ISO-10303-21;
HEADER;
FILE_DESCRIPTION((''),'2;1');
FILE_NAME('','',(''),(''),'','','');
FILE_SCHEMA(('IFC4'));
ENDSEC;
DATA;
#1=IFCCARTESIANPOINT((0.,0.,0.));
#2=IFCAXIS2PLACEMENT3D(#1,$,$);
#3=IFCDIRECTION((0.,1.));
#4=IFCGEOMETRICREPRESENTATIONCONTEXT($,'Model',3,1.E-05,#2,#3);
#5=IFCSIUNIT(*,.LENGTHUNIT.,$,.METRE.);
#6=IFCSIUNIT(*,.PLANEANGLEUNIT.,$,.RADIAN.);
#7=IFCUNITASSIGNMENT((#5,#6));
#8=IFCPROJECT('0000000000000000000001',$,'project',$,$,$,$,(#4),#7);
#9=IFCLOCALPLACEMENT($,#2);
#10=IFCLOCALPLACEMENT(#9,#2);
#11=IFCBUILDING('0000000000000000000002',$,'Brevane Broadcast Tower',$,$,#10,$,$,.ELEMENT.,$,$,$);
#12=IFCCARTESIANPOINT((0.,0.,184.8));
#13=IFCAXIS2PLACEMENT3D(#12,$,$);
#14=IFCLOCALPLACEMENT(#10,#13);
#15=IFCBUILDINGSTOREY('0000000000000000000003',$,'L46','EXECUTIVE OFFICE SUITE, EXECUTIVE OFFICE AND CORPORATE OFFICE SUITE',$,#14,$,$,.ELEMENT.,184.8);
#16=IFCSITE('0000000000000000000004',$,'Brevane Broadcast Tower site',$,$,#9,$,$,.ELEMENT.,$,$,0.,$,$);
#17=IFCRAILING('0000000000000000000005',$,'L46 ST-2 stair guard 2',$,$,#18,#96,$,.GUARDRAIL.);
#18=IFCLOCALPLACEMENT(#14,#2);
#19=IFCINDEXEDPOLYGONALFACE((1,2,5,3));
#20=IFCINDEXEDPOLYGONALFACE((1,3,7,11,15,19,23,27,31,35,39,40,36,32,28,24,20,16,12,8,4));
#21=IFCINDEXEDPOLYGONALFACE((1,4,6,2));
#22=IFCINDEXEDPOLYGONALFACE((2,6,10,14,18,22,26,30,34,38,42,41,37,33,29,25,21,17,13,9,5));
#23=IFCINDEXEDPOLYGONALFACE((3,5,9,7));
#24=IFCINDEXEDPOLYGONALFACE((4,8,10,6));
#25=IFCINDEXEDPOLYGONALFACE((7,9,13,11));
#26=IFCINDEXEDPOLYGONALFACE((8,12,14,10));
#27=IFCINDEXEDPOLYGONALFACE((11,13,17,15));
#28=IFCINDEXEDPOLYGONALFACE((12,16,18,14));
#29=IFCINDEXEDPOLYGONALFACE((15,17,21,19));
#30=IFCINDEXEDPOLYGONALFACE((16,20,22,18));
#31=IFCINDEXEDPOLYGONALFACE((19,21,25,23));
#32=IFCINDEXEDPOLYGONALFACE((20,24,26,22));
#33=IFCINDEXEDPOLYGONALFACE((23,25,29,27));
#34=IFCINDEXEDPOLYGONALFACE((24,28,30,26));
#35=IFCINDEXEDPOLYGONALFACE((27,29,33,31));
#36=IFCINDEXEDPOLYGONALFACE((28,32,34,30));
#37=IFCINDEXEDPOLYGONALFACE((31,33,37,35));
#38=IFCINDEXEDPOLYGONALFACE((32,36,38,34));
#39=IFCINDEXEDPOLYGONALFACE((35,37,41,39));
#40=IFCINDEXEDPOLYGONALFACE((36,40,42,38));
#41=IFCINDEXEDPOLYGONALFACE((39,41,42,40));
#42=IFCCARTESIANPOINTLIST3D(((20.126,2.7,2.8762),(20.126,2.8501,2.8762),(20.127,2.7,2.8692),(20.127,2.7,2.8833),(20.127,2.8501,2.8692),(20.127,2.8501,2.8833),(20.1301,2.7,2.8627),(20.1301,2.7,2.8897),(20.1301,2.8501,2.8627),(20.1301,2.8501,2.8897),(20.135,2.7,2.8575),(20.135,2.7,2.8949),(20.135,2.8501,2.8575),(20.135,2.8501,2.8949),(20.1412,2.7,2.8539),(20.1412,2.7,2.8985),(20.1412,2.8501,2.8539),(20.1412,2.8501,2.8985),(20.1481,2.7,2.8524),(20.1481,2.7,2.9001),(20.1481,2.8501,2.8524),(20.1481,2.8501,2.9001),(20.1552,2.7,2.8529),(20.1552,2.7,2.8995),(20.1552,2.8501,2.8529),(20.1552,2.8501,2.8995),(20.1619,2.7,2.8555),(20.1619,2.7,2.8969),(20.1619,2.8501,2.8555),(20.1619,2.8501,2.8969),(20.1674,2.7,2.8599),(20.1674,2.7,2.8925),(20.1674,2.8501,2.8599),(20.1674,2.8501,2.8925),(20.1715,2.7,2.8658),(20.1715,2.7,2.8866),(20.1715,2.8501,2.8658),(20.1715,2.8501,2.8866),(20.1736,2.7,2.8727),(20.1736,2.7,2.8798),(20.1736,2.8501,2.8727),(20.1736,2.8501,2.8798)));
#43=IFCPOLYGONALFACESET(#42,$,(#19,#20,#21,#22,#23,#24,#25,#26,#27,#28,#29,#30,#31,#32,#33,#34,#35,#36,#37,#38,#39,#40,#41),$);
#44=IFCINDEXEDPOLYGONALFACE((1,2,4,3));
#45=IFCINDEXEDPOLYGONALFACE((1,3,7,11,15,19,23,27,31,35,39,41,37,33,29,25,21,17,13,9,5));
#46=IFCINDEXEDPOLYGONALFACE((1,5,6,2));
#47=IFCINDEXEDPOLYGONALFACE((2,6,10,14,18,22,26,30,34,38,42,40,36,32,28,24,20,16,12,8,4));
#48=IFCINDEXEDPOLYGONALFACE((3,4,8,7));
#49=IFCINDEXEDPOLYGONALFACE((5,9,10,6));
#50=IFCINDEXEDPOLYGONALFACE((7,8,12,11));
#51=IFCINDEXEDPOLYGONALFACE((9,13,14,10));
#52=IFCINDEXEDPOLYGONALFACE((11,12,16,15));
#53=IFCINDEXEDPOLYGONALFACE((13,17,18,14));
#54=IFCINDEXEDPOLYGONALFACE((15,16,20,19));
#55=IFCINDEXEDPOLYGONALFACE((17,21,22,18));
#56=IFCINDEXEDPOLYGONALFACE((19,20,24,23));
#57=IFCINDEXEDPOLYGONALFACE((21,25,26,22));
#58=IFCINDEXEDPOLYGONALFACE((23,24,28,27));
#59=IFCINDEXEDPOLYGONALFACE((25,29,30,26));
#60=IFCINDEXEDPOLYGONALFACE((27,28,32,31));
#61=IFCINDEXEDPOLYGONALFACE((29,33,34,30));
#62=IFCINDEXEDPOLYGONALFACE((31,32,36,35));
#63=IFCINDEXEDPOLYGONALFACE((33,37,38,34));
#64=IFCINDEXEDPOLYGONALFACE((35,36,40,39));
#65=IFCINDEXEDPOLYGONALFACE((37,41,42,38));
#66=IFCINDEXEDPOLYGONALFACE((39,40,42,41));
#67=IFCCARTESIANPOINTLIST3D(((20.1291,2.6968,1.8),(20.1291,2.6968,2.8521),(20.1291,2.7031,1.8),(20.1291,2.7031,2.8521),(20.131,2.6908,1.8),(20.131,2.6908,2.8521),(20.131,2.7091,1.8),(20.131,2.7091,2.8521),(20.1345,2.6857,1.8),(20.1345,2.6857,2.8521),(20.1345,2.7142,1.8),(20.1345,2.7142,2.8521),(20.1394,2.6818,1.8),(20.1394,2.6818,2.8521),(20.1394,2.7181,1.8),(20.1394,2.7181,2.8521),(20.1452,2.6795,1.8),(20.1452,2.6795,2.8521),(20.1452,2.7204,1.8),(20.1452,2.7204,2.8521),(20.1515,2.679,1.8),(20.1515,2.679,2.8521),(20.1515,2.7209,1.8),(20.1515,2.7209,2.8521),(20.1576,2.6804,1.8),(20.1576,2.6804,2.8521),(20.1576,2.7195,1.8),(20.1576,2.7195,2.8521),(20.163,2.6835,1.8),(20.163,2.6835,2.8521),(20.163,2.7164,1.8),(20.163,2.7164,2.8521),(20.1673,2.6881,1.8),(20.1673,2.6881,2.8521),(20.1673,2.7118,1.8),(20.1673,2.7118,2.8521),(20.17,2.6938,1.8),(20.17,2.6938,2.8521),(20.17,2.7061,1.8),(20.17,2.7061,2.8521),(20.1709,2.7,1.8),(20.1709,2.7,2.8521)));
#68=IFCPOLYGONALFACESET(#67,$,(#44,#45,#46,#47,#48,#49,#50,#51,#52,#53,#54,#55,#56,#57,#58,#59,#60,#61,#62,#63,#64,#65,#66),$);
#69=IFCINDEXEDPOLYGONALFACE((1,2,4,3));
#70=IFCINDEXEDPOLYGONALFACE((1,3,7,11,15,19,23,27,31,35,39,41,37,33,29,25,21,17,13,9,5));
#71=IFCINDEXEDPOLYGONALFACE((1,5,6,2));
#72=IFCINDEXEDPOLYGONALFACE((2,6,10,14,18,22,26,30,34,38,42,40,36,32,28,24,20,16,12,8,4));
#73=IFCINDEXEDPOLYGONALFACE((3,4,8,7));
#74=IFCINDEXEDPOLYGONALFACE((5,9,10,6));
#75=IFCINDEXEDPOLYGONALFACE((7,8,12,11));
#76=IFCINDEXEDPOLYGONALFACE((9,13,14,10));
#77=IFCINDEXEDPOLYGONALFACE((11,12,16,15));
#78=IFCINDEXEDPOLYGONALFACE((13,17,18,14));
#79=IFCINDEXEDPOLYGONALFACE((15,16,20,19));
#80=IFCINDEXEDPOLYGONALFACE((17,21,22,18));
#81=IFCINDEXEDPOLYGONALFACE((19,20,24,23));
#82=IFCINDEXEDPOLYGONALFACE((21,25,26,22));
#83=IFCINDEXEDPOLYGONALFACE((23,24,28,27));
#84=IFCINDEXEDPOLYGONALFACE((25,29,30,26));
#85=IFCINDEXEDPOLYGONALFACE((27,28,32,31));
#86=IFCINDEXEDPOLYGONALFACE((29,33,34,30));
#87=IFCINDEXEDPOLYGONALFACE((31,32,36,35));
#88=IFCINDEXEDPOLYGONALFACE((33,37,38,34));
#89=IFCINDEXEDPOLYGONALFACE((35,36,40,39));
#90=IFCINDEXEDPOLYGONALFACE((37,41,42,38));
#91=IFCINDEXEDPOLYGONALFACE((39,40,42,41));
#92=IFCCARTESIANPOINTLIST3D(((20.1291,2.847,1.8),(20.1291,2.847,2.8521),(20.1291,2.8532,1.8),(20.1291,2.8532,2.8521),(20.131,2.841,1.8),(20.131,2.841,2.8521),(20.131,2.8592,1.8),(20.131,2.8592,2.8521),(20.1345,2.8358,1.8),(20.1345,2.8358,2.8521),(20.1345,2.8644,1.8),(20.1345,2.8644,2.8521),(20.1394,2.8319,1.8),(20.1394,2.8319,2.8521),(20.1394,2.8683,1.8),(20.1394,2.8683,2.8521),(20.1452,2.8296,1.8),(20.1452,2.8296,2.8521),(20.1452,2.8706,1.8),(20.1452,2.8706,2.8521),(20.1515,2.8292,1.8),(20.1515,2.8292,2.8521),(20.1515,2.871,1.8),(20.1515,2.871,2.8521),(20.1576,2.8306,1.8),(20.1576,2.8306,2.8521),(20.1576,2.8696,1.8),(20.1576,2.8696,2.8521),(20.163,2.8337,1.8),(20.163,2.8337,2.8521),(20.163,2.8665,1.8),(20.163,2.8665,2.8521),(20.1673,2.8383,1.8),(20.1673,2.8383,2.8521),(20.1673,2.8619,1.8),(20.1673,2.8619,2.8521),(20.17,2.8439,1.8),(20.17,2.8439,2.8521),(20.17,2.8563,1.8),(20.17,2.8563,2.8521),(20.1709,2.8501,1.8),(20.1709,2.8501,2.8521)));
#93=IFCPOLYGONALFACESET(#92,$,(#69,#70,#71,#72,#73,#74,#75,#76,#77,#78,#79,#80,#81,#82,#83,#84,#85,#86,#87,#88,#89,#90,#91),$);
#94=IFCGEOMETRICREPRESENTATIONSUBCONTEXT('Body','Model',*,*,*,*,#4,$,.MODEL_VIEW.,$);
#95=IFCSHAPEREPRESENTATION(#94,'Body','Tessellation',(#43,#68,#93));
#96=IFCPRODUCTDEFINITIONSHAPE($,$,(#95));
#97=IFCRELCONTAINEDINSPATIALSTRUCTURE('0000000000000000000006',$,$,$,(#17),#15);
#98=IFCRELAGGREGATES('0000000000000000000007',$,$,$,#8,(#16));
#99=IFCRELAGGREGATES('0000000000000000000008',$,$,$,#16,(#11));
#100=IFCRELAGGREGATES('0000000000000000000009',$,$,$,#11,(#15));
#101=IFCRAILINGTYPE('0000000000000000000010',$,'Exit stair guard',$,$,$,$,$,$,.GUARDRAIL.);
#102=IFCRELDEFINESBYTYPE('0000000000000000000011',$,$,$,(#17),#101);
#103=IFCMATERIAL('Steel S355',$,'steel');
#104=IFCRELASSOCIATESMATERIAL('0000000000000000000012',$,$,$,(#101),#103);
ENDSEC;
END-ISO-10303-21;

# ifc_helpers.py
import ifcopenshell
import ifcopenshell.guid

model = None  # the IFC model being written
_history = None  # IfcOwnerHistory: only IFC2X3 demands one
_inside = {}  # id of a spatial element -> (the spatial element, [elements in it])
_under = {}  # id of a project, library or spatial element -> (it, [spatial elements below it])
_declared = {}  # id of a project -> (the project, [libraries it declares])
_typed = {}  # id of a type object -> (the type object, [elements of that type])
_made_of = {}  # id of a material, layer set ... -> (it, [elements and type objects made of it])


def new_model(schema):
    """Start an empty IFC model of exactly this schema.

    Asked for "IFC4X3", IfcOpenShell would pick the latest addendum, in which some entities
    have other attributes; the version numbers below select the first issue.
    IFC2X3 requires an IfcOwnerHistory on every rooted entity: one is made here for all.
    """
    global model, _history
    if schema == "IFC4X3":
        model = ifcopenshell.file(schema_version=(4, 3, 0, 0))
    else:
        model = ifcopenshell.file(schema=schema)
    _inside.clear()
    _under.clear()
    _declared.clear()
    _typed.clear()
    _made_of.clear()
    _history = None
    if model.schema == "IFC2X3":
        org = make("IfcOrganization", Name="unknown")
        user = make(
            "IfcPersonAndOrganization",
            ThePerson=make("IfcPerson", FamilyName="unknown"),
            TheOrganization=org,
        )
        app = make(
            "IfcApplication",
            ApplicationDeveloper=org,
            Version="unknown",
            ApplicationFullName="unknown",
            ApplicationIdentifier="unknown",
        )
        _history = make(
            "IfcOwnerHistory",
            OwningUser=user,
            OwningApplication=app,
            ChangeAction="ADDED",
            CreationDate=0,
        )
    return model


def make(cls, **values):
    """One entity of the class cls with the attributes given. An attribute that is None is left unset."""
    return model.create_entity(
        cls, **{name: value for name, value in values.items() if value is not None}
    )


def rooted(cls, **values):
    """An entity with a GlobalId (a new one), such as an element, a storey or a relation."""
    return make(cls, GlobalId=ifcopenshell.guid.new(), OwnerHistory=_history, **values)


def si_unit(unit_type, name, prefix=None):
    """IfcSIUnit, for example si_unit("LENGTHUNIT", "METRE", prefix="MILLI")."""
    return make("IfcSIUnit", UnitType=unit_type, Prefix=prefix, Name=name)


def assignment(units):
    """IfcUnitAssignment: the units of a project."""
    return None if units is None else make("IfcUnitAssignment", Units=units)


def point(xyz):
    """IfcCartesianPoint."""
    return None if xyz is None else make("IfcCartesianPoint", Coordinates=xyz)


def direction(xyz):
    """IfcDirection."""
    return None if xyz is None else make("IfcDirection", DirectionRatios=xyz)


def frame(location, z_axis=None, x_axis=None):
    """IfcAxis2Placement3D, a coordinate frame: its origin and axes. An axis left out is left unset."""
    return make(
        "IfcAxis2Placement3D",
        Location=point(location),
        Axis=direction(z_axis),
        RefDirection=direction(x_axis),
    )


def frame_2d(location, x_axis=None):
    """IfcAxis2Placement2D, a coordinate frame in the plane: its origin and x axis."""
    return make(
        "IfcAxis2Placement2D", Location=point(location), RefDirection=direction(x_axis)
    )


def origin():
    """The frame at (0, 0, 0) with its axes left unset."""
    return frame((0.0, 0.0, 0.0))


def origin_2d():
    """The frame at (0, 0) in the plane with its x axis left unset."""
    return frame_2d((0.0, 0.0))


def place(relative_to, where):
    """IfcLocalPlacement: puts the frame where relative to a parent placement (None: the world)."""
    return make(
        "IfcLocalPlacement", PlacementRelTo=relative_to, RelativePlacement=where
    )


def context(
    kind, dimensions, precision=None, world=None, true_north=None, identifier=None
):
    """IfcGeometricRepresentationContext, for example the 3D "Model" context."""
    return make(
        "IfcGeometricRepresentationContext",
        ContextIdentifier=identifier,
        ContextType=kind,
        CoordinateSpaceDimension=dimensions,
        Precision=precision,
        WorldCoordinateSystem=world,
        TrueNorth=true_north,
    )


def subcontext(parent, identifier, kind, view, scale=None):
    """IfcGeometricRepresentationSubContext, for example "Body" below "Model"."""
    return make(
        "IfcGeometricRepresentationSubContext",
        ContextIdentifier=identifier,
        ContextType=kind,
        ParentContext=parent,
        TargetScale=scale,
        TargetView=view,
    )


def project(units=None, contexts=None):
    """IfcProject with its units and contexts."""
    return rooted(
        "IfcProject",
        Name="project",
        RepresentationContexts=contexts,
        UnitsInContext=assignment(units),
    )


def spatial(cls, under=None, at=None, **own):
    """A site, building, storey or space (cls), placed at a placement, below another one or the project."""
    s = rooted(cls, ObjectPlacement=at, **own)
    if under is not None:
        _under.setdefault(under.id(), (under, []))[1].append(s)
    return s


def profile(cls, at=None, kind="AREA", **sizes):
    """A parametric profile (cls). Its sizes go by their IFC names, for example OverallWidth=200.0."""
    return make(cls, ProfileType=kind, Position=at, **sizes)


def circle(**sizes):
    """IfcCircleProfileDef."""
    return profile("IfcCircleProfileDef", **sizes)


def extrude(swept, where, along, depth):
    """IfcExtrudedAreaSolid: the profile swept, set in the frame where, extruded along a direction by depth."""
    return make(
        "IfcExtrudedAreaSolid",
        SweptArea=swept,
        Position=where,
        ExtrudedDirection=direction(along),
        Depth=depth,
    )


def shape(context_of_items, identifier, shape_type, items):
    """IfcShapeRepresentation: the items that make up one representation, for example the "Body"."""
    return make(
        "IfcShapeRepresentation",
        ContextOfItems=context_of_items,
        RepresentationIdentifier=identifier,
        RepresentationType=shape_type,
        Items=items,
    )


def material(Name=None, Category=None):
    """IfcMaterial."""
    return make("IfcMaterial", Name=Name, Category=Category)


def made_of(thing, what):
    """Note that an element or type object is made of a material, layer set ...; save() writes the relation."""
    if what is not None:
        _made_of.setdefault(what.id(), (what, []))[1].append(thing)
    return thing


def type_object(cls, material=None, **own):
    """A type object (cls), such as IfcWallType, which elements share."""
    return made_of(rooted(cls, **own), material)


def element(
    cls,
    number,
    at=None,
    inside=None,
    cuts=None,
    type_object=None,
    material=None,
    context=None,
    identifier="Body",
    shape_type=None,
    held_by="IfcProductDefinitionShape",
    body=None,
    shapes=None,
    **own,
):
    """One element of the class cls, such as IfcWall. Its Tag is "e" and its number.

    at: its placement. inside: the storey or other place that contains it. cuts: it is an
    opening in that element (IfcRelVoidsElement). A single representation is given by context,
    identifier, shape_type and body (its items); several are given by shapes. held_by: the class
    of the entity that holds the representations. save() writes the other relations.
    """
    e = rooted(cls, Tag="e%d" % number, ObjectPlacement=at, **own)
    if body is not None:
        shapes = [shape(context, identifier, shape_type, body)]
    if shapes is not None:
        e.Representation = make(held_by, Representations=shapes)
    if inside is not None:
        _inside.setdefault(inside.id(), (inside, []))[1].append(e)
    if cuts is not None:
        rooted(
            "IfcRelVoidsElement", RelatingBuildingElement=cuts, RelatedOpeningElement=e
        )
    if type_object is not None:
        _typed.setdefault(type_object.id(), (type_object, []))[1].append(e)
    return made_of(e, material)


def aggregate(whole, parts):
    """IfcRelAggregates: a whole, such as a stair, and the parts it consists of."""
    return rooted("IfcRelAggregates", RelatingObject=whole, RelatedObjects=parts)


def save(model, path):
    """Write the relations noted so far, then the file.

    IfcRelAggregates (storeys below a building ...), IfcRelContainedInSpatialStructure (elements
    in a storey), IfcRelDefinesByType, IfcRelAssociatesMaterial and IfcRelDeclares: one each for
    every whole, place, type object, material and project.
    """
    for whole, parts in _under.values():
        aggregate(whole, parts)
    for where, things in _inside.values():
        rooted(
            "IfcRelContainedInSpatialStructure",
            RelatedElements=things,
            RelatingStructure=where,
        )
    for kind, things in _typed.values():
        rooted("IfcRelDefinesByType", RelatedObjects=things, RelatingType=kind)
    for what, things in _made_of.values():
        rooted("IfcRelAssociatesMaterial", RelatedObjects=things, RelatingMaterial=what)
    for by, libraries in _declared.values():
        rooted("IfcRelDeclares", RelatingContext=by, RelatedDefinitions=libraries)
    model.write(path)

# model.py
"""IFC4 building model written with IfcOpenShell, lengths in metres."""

from ifc_helpers import new_model, si_unit, direction, frame, origin, origin_2d, place, context, subcontext, project, spatial, circle, extrude, material, type_object, element, save


model = new_model("IFC4")

# Units and contexts
model_context = context("Model", 3, precision=1e-05, world=origin(), true_north=direction((0.0, 1.0)))
body_context = subcontext(model_context, "Body", "Model", "MODEL_VIEW")
ifc_project = project(units=[si_unit("LENGTHUNIT", "METRE"), si_unit("PLANEANGLEUNIT", "RADIAN")], contexts=[model_context])

# Site, building, storey
site_placement = place(None, origin())
site = spatial("IfcSite", under=ifc_project, at=site_placement, Name="Brevane Broadcast Tower site", CompositionType="ELEMENT", RefElevation=0.0)
building_placement = place(site_placement, origin())
building = spatial("IfcBuilding", under=site, at=building_placement, Name="Brevane Broadcast Tower", CompositionType="ELEMENT")
storey_placement = place(building_placement, frame((0.0, 0.0, 184.8)))
storey = spatial("IfcBuildingStorey", under=building, at=storey_placement, Name="L46", Description="EXECUTIVE OFFICE SUITE, EXECUTIVE OFFICE AND CORPORATE OFFICE SUITE", CompositionType="ELEMENT", Elevation=184.8)

# Railing
ifc_material_1 = material(Name="Steel S355", Category="steel")
railing_type_1 = type_object("IfcRailingType", Name="Exit stair guard", PredefinedType="GUARDRAIL", material=ifc_material_1)
railing_1_placement = place(storey_placement, frame((20.1499, 2.7, 1.8)))
element("IfcRailing", 1, at=railing_1_placement, inside=storey, type_object=railing_type_1, Name="L46 ST-2 stair guard 2", PredefinedType="GUARDRAIL", context=body_context, shape_type="SweptSolid", body=[
    extrude(circle(Radius=0.0239, at=origin_2d()), frame((0.0, 0.0, 1.0762), z_axis=(0.0, 1.0, 0.0), x_axis=(-1.0, 0.0, 0.0)), (0.0, 0.0, 1.0), 0.1501),
    extrude(circle(Radius=0.021, at=origin_2d()), origin(), (0.0, 0.0, 1.0), 1.052),
    extrude(circle(Radius=0.021, at=origin_2d()), frame((0.0, 0.1501, 0.0)), (0.0, 0.0, 1.0), 1.052),
])

save(model, "model.ifc")
